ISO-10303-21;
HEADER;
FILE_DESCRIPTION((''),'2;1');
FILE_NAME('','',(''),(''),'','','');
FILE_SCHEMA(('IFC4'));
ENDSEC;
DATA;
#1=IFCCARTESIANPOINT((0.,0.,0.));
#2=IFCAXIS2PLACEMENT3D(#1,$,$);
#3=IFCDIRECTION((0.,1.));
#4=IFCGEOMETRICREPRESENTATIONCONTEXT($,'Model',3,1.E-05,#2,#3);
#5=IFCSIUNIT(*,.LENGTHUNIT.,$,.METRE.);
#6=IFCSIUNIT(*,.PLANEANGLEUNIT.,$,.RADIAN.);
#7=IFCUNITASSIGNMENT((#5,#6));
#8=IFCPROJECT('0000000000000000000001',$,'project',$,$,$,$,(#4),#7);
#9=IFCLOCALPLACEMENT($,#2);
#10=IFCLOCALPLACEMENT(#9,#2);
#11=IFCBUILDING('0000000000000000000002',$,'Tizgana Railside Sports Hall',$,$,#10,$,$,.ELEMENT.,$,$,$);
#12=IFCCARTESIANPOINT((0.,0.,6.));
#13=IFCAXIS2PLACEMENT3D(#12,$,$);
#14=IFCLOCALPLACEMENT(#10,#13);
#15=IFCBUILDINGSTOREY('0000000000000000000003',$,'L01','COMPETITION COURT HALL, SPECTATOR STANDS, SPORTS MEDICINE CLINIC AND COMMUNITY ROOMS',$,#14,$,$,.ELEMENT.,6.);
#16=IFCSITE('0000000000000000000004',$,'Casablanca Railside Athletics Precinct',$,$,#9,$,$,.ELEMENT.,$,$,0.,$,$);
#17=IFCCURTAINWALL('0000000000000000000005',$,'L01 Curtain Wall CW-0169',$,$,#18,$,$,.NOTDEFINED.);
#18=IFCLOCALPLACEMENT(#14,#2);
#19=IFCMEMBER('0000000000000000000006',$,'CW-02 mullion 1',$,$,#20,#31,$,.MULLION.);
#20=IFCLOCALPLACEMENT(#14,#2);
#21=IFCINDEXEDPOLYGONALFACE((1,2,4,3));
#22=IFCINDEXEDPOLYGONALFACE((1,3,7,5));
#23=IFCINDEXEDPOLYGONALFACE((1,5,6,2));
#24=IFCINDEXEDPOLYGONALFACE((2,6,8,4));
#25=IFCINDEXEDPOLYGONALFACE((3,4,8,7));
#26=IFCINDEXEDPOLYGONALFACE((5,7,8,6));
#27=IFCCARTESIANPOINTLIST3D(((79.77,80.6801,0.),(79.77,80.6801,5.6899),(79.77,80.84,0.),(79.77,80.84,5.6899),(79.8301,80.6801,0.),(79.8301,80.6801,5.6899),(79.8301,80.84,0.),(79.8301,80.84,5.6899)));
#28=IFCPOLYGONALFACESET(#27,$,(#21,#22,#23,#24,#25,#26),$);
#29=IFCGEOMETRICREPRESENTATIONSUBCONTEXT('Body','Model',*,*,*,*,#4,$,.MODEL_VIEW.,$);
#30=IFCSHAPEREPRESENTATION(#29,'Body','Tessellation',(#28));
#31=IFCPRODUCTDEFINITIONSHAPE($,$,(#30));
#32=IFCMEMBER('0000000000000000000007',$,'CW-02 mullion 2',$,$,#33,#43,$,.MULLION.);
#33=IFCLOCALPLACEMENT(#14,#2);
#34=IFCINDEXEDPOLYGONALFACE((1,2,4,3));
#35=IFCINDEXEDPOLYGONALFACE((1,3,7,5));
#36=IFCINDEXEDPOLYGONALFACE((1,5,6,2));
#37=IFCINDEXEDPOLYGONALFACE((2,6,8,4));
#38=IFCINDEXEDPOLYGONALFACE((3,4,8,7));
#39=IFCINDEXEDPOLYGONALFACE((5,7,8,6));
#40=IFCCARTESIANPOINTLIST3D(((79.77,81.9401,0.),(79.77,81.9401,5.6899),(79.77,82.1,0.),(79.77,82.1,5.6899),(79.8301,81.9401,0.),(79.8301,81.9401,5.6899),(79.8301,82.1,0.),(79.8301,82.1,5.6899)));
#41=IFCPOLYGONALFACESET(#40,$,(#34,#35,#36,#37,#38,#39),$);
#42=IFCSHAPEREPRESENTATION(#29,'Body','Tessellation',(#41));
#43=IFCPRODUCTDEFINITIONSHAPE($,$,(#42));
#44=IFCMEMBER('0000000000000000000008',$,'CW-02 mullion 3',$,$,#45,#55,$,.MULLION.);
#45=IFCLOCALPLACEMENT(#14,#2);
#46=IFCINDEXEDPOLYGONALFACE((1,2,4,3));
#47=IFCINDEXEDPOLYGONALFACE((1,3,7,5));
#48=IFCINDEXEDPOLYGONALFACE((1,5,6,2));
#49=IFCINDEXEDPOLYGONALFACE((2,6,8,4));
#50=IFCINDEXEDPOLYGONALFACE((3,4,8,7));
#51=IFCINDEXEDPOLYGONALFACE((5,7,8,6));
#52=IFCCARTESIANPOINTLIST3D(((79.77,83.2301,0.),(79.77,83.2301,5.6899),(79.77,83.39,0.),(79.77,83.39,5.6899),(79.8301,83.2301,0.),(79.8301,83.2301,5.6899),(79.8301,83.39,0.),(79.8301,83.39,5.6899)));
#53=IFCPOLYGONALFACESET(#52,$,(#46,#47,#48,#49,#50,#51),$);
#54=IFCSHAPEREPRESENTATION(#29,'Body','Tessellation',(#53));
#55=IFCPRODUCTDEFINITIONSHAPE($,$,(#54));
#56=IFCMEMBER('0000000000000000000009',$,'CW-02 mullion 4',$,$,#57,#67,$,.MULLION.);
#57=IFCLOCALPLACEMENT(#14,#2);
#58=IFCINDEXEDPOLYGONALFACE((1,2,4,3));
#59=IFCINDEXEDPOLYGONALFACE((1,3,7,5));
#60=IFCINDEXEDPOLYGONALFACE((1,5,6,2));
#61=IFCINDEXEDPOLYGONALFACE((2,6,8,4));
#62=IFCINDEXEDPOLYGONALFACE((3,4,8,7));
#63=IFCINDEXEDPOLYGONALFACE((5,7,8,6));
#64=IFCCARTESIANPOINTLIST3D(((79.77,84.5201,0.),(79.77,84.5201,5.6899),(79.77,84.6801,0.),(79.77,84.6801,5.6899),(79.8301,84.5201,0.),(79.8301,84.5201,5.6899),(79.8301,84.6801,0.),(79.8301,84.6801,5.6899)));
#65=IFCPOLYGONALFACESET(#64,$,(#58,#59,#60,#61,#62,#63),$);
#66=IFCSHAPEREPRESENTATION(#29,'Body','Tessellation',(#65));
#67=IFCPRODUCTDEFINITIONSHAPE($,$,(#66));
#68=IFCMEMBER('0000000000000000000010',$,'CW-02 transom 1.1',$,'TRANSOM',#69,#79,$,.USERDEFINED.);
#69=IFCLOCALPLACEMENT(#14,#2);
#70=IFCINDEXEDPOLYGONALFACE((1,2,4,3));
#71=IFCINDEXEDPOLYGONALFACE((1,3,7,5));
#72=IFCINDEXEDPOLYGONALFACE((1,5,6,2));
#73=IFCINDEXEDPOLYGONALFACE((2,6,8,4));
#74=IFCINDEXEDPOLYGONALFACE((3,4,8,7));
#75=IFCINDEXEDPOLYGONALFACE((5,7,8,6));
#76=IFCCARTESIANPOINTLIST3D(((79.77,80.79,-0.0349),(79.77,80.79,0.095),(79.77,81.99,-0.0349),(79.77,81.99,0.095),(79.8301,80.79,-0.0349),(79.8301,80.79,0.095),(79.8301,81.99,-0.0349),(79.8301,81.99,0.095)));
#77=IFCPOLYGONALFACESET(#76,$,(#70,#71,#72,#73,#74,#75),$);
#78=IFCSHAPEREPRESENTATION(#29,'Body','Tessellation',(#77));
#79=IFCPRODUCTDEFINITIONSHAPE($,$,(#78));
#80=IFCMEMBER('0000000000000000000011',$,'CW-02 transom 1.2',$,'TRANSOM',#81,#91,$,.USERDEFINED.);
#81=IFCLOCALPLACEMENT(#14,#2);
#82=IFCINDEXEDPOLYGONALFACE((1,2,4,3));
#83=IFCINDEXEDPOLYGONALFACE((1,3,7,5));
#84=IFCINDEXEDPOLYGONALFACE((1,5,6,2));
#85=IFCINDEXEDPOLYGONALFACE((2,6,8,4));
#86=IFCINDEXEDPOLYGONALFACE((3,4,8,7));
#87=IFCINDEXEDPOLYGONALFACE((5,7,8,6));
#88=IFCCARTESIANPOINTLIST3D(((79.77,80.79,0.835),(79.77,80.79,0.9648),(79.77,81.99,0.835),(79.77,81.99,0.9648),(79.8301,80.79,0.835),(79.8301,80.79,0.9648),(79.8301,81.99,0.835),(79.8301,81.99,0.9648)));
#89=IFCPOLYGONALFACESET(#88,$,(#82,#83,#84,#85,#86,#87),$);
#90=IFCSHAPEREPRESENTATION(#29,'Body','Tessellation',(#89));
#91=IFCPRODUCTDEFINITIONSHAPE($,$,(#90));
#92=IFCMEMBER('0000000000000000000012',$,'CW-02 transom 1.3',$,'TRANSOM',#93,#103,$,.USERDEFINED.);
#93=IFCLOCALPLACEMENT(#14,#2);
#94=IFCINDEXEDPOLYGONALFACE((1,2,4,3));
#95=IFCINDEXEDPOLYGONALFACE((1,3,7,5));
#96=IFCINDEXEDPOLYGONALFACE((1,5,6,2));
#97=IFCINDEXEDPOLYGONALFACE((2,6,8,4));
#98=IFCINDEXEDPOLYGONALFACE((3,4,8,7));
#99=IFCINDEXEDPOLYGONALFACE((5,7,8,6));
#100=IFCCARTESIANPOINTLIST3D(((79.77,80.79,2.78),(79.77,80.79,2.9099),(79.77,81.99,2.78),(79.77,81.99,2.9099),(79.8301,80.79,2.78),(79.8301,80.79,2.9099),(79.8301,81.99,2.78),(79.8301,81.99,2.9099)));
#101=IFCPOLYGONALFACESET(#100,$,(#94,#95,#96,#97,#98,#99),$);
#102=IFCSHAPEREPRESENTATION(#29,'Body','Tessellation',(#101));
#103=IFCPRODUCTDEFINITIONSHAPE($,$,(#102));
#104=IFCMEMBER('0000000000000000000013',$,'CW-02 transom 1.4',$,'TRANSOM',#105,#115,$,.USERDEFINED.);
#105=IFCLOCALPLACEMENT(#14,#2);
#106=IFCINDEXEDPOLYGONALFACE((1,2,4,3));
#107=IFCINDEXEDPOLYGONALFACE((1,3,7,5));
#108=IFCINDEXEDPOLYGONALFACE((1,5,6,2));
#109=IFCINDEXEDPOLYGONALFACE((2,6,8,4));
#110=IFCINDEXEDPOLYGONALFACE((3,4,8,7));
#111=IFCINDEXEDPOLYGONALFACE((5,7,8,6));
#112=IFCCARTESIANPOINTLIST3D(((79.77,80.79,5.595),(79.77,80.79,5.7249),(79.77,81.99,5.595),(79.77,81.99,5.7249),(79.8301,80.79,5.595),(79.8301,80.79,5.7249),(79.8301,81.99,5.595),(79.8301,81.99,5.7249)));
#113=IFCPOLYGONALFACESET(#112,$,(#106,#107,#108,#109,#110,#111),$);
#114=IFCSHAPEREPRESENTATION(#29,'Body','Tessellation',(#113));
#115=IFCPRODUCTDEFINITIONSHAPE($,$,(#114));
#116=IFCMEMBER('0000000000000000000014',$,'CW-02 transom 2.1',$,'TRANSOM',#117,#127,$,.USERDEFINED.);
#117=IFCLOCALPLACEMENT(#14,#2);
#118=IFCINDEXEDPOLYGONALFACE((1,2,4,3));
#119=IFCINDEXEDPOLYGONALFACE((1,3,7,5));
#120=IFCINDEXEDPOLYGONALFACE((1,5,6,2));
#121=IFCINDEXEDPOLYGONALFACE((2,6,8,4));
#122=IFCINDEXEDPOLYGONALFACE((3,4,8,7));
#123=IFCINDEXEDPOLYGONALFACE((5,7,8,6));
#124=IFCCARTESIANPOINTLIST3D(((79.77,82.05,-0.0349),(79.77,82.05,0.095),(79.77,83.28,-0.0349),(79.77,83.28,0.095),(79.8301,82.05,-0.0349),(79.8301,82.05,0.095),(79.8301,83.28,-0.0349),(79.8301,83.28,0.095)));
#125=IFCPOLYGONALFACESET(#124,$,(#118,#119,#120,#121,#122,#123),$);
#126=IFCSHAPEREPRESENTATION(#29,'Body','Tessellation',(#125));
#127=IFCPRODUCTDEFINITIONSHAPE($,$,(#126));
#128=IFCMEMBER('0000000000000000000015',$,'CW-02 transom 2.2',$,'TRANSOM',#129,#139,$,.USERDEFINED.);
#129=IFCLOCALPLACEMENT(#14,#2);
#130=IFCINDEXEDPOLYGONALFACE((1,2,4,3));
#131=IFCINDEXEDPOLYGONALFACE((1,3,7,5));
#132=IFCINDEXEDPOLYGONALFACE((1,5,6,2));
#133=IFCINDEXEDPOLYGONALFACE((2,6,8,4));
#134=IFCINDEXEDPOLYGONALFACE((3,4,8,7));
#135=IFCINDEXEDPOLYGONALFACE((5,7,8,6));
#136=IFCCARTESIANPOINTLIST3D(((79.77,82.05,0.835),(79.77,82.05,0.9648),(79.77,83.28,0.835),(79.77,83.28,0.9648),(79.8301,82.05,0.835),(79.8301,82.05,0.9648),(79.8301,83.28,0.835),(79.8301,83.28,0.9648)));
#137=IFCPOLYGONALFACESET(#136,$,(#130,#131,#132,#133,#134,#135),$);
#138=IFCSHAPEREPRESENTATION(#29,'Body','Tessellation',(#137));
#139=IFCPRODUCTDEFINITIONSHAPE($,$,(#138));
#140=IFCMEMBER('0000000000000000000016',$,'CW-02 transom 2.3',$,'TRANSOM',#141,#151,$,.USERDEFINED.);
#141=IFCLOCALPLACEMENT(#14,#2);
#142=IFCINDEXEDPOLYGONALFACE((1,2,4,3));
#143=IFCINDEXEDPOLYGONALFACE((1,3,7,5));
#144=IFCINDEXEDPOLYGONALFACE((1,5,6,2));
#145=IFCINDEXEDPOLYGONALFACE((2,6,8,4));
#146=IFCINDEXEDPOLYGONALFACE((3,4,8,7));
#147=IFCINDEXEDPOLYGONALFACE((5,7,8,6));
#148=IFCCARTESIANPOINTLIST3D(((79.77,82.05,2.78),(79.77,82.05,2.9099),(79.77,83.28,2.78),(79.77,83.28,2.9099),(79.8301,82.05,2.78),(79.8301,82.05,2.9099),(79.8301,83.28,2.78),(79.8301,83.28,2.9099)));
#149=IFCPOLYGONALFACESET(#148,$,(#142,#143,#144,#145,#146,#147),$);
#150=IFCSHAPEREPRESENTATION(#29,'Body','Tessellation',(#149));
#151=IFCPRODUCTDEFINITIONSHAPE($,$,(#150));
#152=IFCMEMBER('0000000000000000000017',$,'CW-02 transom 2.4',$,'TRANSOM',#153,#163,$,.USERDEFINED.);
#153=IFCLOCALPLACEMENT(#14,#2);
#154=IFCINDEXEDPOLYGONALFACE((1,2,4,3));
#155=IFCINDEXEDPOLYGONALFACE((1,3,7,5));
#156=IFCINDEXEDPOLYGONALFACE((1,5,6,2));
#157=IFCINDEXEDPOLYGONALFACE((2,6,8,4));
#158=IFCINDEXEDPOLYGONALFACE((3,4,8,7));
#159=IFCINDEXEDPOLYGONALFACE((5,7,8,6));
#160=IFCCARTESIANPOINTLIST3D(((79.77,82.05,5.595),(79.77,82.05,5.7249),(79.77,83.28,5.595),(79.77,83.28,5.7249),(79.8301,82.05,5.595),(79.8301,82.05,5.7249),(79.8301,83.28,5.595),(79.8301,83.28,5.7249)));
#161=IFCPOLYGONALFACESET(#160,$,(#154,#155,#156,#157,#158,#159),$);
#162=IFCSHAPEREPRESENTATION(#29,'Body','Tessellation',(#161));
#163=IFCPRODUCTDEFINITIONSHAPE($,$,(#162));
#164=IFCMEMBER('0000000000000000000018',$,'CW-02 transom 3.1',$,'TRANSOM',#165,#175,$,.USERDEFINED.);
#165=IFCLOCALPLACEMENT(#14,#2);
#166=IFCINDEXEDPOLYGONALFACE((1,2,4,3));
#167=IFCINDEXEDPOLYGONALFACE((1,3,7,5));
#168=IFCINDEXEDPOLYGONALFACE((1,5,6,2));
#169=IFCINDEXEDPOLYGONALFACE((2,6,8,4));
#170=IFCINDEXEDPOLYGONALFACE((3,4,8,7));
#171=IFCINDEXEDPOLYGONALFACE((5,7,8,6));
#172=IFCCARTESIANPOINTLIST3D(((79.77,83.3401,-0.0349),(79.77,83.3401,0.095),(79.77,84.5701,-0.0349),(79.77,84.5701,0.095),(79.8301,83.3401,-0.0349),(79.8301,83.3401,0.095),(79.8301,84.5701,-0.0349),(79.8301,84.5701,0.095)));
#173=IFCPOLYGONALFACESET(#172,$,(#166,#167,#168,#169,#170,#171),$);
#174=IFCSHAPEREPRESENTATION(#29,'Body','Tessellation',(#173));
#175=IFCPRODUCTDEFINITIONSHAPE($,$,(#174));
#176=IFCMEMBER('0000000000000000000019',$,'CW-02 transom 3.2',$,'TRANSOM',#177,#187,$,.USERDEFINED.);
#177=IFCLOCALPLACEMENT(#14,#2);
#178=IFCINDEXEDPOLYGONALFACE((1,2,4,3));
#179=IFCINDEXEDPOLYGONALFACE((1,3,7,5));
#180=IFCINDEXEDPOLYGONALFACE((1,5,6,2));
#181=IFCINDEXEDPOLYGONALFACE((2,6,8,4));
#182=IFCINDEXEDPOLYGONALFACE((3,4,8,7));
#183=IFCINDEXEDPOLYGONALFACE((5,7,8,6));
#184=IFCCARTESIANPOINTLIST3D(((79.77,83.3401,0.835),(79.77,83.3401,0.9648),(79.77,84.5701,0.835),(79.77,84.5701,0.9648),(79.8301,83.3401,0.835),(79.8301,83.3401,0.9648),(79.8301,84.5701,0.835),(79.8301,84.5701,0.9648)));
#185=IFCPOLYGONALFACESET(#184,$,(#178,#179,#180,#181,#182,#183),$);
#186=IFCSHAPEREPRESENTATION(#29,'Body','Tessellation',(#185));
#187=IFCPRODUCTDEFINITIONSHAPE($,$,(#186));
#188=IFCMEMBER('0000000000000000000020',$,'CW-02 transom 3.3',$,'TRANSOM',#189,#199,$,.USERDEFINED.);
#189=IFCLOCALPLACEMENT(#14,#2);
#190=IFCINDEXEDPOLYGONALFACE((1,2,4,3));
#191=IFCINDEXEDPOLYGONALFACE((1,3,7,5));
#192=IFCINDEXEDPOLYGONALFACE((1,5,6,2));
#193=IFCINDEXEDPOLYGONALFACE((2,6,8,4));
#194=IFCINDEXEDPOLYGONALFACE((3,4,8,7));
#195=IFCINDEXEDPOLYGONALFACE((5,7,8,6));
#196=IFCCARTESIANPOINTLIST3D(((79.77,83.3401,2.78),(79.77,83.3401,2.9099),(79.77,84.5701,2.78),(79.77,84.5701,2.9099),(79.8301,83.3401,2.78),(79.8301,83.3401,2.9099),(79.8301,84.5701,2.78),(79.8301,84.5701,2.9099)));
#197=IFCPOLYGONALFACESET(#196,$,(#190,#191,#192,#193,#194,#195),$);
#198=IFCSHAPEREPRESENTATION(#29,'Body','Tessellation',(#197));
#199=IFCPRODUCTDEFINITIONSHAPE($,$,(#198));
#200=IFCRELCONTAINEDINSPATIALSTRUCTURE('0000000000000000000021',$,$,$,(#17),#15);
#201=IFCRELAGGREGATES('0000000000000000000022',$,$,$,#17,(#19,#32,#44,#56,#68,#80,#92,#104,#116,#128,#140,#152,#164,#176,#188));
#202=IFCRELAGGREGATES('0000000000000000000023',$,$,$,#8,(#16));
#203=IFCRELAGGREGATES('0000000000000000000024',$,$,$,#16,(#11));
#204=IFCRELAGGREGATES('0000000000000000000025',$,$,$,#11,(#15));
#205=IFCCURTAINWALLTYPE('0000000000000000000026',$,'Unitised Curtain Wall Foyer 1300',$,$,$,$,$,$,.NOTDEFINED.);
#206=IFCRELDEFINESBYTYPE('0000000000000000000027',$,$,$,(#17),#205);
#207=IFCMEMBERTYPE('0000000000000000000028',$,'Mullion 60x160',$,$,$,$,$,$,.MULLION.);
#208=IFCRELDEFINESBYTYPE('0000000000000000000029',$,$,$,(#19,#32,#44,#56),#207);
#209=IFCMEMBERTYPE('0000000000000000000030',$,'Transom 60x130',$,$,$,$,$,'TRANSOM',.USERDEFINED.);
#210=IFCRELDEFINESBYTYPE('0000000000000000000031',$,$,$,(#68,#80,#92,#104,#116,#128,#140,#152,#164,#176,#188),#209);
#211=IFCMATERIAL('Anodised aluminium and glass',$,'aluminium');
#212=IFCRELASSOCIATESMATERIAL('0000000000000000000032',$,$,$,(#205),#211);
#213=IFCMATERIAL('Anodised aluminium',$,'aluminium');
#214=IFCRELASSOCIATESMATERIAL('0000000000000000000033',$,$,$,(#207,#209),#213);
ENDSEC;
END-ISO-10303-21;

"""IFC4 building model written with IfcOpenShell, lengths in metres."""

from ifc_helpers import new_model, si_unit, direction, frame, origin, origin_2d, place, context, subcontext, project, spatial, rectangle, extrude, material, material_profile, profile_set, type_object, element, aggregate, save


model = new_model("IFC4")

# Units and contexts
model_context = context("Model", 3, precision=1e-05, world=origin(), true_north=direction((0.0, 1.0)))
body_context = subcontext(model_context, "Body", "Model", "MODEL_VIEW")
ifc_project = project(units=[si_unit("LENGTHUNIT", "METRE"), si_unit("PLANEANGLEUNIT", "RADIAN")], contexts=[model_context])

# Site, building, storey
site_placement = place(None, origin())
site = spatial("IfcSite", under=ifc_project, at=site_placement, Name="Casablanca Railside Athletics Precinct", CompositionType="ELEMENT", RefElevation=0.0)
building_placement = place(site_placement, origin())
building = spatial("IfcBuilding", under=site, at=building_placement, Name="Tizgana Railside Sports Hall", CompositionType="ELEMENT")
storey_placement = place(building_placement, frame((0.0, 0.0, 6.0)))
storey = spatial("IfcBuildingStorey", under=building, at=storey_placement, Name="L01", Description="COMPETITION COURT HALL, SPECTATOR STANDS, SPORTS MEDICINE CLINIC AND COMMUNITY ROOMS", CompositionType="ELEMENT", Elevation=6.0)

# Curtain wall, members
ifc_material_1 = material(Name="Anodised aluminium and glass", Category="aluminium")
curtain_wall_type = type_object("IfcCurtainWallType", Name="Unitised Curtain Wall Foyer 1300", PredefinedType="NOTDEFINED", material=ifc_material_1)
curtain_wall_placement = place(storey_placement, origin())
curtain_wall = element("IfcCurtainWall", 1, at=curtain_wall_placement, inside=storey, type_object=curtain_wall_type, Name="L01 Curtain Wall CW-0169", PredefinedType="NOTDEFINED")
ifc_material_2 = material(Name="Anodised aluminium", Category="aluminium")
ifc_material_profile_1 = material_profile(ifc_material_2, rectangle(XDim=0.0601, YDim=0.1599, at=origin_2d()), Name="Mullion 60x160")
ifc_profile_set_1 = profile_set([ifc_material_profile_1], Name="Anodised aluminium")
member_type_1 = type_object("IfcMemberType", Name="Mullion 60x160", PredefinedType="MULLION", material=ifc_profile_set_1)
member_1_placement = place(storey_placement, frame((79.8, 80.76, 0.0), z_axis=(0.0, 0.0, 1.0), x_axis=(-1.0, 0.0, 0.0)))
member_1 = element("IfcMember", 2, at=member_1_placement, type_object=member_type_1, Name="CW-02 mullion 1", PredefinedType="MULLION", context=body_context, shape_type="SweptSolid", body=[
    extrude(rectangle(XDim=0.0601, YDim=0.1599, at=origin_2d()), origin(), (0.0, 0.0, 1.0), 5.6899),
])
member_2_placement = place(storey_placement, frame((79.8, 82.02, 0.0), z_axis=(0.0, 0.0, 1.0), x_axis=(-1.0, 0.0, 0.0)))
member_2 = element("IfcMember", 3, at=member_2_placement, type_object=member_type_1, Name="CW-02 mullion 2", PredefinedType="MULLION", context=body_context, shape_type="SweptSolid", body=[
    extrude(rectangle(XDim=0.0601, YDim=0.1599, at=origin_2d()), origin(), (0.0, 0.0, 1.0), 5.6899),
])
member_3_placement = place(storey_placement, frame((79.8, 83.3101, 0.0), z_axis=(0.0, 0.0, 1.0), x_axis=(-1.0, 0.0, 0.0)))
member_3 = element("IfcMember", 4, at=member_3_placement, type_object=member_type_1, Name="CW-02 mullion 3", PredefinedType="MULLION", context=body_context, shape_type="SweptSolid", body=[
    extrude(rectangle(XDim=0.0601, YDim=0.1599, at=origin_2d()), origin(), (0.0, 0.0, 1.0), 5.6899),
])
member_4_placement = place(storey_placement, frame((79.8, 84.6001, 0.0), z_axis=(0.0, 0.0, 1.0), x_axis=(-1.0, 0.0, 0.0)))
member_4 = element("IfcMember", 5, at=member_4_placement, type_object=member_type_1, Name="CW-02 mullion 4", PredefinedType="MULLION", context=body_context, shape_type="SweptSolid", body=[
    extrude(rectangle(XDim=0.0601, YDim=0.1599, at=origin_2d()), origin(), (0.0, 0.0, 1.0), 5.6899),
])
ifc_material_profile_2 = material_profile(ifc_material_2, rectangle(XDim=0.0601, YDim=0.1299, at=origin_2d()), Name="Transom 60x130")
ifc_profile_set_2 = profile_set([ifc_material_profile_2], Name="Anodised aluminium")
member_type_2 = type_object("IfcMemberType", Name="Transom 60x130", ElementType="TRANSOM", PredefinedType="USERDEFINED", material=ifc_profile_set_2)
member_5_placement = place(storey_placement, frame((79.8, 80.79, 0.03), z_axis=(0.0, 1.0, 0.0), x_axis=(-1.0, 0.0, 0.0)))
member_5 = element("IfcMember", 6, at=member_5_placement, type_object=member_type_2, Name="CW-02 transom 1.1", ObjectType="TRANSOM", PredefinedType="USERDEFINED", context=body_context, shape_type="SweptSolid", body=[
    extrude(rectangle(XDim=0.0601, YDim=0.1299, at=origin_2d()), origin(), (0.0, 0.0, 1.0), 1.2),
])
member_6_placement = place(storey_placement, frame((79.8, 80.79, 0.8999), z_axis=(0.0, 1.0, 0.0), x_axis=(-1.0, 0.0, 0.0)))
member_6 = element("IfcMember", 7, at=member_6_placement, type_object=member_type_2, Name="CW-02 transom 1.2", ObjectType="TRANSOM", PredefinedType="USERDEFINED", context=body_context, shape_type="SweptSolid", body=[
    extrude(rectangle(XDim=0.0601, YDim=0.1299, at=origin_2d()), origin(), (0.0, 0.0, 1.0), 1.2),
])
member_7_placement = place(storey_placement, frame((79.8, 80.79, 2.845), z_axis=(0.0, 1.0, 0.0), x_axis=(-1.0, 0.0, 0.0)))
member_7 = element("IfcMember", 8, at=member_7_placement, type_object=member_type_2, Name="CW-02 transom 1.3", ObjectType="TRANSOM", PredefinedType="USERDEFINED", context=body_context, shape_type="SweptSolid", body=[
    extrude(rectangle(XDim=0.0601, YDim=0.1299, at=origin_2d()), origin(), (0.0, 0.0, 1.0), 1.2),
])
member_8_placement = place(storey_placement, frame((79.8, 80.79, 5.6599), z_axis=(0.0, 1.0, 0.0), x_axis=(-1.0, 0.0, 0.0)))
member_8 = element("IfcMember", 9, at=member_8_placement, type_object=member_type_2, Name="CW-02 transom 1.4", ObjectType="TRANSOM", PredefinedType="USERDEFINED", context=body_context, shape_type="SweptSolid", body=[
    extrude(rectangle(XDim=0.0601, YDim=0.1299, at=origin_2d()), origin(), (0.0, 0.0, 1.0), 1.2),
])
member_9_placement = place(storey_placement, frame((79.8, 82.05, 0.03), z_axis=(0.0, 1.0, 0.0), x_axis=(-1.0, 0.0, 0.0)))
member_9 = element("IfcMember", 10, at=member_9_placement, type_object=member_type_2, Name="CW-02 transom 2.1", ObjectType="TRANSOM", PredefinedType="USERDEFINED", context=body_context, shape_type="SweptSolid", body=[
    extrude(rectangle(XDim=0.0601, YDim=0.1299, at=origin_2d()), origin(), (0.0, 0.0, 1.0), 1.23),
])
member_10_placement = place(storey_placement, frame((79.8, 82.05, 0.8999), z_axis=(0.0, 1.0, 0.0), x_axis=(-1.0, 0.0, 0.0)))
member_10 = element("IfcMember", 11, at=member_10_placement, type_object=member_type_2, Name="CW-02 transom 2.2", ObjectType="TRANSOM", PredefinedType="USERDEFINED", context=body_context, shape_type="SweptSolid", body=[
    extrude(rectangle(XDim=0.0601, YDim=0.1299, at=origin_2d()), origin(), (0.0, 0.0, 1.0), 1.23),
])
member_11_placement = place(storey_placement, frame((79.8, 82.05, 2.845), z_axis=(0.0, 1.0, 0.0), x_axis=(-1.0, 0.0, 0.0)))
member_11 = element("IfcMember", 12, at=member_11_placement, type_object=member_type_2, Name="CW-02 transom 2.3", ObjectType="TRANSOM", PredefinedType="USERDEFINED", context=body_context, shape_type="SweptSolid", body=[
    extrude(rectangle(XDim=0.0601, YDim=0.1299, at=origin_2d()), origin(), (0.0, 0.0, 1.0), 1.23),
])
member_12_placement = place(storey_placement, frame((79.8, 82.05, 5.6599), z_axis=(0.0, 1.0, 0.0), x_axis=(-1.0, 0.0, 0.0)))
member_12 = element("IfcMember", 13, at=member_12_placement, type_object=member_type_2, Name="CW-02 transom 2.4", ObjectType="TRANSOM", PredefinedType="USERDEFINED", context=body_context, shape_type="SweptSolid", body=[
    extrude(rectangle(XDim=0.0601, YDim=0.1299, at=origin_2d()), origin(), (0.0, 0.0, 1.0), 1.23),
])
member_13_placement = place(storey_placement, frame((79.8, 83.3401, 0.03), z_axis=(0.0, 1.0, 0.0), x_axis=(-1.0, 0.0, 0.0)))
member_13 = element("IfcMember", 14, at=member_13_placement, type_object=member_type_2, Name="CW-02 transom 3.1", ObjectType="TRANSOM", PredefinedType="USERDEFINED", context=body_context, shape_type="SweptSolid", body=[
    extrude(rectangle(XDim=0.0601, YDim=0.1299, at=origin_2d()), origin(), (0.0, 0.0, 1.0), 1.23),
])
member_14_placement = place(storey_placement, frame((79.8, 83.3401, 0.8999), z_axis=(0.0, 1.0, 0.0), x_axis=(-1.0, 0.0, 0.0)))
member_14 = element("IfcMember", 15, at=member_14_placement, type_object=member_type_2, Name="CW-02 transom 3.2", ObjectType="TRANSOM", PredefinedType="USERDEFINED", context=body_context, shape_type="SweptSolid", body=[
    extrude(rectangle(XDim=0.0601, YDim=0.1299, at=origin_2d()), origin(), (0.0, 0.0, 1.0), 1.23),
])
member_15_placement = place(storey_placement, frame((79.8, 83.3401, 2.845), z_axis=(0.0, 1.0, 0.0), x_axis=(-1.0, 0.0, 0.0)))
member_15 = element("IfcMember", 16, at=member_15_placement, type_object=member_type_2, Name="CW-02 transom 3.3", ObjectType="TRANSOM", PredefinedType="USERDEFINED", context=body_context, shape_type="SweptSolid", body=[
    extrude(rectangle(XDim=0.0601, YDim=0.1299, at=origin_2d()), origin(), (0.0, 0.0, 1.0), 1.23),
])
aggregate(curtain_wall, [member_1, member_2, member_3, member_4, member_5, member_6, member_7, member_8, member_9, member_10, member_11, member_12, member_13, member_14, member_15])

save(model, "model.ifc")
